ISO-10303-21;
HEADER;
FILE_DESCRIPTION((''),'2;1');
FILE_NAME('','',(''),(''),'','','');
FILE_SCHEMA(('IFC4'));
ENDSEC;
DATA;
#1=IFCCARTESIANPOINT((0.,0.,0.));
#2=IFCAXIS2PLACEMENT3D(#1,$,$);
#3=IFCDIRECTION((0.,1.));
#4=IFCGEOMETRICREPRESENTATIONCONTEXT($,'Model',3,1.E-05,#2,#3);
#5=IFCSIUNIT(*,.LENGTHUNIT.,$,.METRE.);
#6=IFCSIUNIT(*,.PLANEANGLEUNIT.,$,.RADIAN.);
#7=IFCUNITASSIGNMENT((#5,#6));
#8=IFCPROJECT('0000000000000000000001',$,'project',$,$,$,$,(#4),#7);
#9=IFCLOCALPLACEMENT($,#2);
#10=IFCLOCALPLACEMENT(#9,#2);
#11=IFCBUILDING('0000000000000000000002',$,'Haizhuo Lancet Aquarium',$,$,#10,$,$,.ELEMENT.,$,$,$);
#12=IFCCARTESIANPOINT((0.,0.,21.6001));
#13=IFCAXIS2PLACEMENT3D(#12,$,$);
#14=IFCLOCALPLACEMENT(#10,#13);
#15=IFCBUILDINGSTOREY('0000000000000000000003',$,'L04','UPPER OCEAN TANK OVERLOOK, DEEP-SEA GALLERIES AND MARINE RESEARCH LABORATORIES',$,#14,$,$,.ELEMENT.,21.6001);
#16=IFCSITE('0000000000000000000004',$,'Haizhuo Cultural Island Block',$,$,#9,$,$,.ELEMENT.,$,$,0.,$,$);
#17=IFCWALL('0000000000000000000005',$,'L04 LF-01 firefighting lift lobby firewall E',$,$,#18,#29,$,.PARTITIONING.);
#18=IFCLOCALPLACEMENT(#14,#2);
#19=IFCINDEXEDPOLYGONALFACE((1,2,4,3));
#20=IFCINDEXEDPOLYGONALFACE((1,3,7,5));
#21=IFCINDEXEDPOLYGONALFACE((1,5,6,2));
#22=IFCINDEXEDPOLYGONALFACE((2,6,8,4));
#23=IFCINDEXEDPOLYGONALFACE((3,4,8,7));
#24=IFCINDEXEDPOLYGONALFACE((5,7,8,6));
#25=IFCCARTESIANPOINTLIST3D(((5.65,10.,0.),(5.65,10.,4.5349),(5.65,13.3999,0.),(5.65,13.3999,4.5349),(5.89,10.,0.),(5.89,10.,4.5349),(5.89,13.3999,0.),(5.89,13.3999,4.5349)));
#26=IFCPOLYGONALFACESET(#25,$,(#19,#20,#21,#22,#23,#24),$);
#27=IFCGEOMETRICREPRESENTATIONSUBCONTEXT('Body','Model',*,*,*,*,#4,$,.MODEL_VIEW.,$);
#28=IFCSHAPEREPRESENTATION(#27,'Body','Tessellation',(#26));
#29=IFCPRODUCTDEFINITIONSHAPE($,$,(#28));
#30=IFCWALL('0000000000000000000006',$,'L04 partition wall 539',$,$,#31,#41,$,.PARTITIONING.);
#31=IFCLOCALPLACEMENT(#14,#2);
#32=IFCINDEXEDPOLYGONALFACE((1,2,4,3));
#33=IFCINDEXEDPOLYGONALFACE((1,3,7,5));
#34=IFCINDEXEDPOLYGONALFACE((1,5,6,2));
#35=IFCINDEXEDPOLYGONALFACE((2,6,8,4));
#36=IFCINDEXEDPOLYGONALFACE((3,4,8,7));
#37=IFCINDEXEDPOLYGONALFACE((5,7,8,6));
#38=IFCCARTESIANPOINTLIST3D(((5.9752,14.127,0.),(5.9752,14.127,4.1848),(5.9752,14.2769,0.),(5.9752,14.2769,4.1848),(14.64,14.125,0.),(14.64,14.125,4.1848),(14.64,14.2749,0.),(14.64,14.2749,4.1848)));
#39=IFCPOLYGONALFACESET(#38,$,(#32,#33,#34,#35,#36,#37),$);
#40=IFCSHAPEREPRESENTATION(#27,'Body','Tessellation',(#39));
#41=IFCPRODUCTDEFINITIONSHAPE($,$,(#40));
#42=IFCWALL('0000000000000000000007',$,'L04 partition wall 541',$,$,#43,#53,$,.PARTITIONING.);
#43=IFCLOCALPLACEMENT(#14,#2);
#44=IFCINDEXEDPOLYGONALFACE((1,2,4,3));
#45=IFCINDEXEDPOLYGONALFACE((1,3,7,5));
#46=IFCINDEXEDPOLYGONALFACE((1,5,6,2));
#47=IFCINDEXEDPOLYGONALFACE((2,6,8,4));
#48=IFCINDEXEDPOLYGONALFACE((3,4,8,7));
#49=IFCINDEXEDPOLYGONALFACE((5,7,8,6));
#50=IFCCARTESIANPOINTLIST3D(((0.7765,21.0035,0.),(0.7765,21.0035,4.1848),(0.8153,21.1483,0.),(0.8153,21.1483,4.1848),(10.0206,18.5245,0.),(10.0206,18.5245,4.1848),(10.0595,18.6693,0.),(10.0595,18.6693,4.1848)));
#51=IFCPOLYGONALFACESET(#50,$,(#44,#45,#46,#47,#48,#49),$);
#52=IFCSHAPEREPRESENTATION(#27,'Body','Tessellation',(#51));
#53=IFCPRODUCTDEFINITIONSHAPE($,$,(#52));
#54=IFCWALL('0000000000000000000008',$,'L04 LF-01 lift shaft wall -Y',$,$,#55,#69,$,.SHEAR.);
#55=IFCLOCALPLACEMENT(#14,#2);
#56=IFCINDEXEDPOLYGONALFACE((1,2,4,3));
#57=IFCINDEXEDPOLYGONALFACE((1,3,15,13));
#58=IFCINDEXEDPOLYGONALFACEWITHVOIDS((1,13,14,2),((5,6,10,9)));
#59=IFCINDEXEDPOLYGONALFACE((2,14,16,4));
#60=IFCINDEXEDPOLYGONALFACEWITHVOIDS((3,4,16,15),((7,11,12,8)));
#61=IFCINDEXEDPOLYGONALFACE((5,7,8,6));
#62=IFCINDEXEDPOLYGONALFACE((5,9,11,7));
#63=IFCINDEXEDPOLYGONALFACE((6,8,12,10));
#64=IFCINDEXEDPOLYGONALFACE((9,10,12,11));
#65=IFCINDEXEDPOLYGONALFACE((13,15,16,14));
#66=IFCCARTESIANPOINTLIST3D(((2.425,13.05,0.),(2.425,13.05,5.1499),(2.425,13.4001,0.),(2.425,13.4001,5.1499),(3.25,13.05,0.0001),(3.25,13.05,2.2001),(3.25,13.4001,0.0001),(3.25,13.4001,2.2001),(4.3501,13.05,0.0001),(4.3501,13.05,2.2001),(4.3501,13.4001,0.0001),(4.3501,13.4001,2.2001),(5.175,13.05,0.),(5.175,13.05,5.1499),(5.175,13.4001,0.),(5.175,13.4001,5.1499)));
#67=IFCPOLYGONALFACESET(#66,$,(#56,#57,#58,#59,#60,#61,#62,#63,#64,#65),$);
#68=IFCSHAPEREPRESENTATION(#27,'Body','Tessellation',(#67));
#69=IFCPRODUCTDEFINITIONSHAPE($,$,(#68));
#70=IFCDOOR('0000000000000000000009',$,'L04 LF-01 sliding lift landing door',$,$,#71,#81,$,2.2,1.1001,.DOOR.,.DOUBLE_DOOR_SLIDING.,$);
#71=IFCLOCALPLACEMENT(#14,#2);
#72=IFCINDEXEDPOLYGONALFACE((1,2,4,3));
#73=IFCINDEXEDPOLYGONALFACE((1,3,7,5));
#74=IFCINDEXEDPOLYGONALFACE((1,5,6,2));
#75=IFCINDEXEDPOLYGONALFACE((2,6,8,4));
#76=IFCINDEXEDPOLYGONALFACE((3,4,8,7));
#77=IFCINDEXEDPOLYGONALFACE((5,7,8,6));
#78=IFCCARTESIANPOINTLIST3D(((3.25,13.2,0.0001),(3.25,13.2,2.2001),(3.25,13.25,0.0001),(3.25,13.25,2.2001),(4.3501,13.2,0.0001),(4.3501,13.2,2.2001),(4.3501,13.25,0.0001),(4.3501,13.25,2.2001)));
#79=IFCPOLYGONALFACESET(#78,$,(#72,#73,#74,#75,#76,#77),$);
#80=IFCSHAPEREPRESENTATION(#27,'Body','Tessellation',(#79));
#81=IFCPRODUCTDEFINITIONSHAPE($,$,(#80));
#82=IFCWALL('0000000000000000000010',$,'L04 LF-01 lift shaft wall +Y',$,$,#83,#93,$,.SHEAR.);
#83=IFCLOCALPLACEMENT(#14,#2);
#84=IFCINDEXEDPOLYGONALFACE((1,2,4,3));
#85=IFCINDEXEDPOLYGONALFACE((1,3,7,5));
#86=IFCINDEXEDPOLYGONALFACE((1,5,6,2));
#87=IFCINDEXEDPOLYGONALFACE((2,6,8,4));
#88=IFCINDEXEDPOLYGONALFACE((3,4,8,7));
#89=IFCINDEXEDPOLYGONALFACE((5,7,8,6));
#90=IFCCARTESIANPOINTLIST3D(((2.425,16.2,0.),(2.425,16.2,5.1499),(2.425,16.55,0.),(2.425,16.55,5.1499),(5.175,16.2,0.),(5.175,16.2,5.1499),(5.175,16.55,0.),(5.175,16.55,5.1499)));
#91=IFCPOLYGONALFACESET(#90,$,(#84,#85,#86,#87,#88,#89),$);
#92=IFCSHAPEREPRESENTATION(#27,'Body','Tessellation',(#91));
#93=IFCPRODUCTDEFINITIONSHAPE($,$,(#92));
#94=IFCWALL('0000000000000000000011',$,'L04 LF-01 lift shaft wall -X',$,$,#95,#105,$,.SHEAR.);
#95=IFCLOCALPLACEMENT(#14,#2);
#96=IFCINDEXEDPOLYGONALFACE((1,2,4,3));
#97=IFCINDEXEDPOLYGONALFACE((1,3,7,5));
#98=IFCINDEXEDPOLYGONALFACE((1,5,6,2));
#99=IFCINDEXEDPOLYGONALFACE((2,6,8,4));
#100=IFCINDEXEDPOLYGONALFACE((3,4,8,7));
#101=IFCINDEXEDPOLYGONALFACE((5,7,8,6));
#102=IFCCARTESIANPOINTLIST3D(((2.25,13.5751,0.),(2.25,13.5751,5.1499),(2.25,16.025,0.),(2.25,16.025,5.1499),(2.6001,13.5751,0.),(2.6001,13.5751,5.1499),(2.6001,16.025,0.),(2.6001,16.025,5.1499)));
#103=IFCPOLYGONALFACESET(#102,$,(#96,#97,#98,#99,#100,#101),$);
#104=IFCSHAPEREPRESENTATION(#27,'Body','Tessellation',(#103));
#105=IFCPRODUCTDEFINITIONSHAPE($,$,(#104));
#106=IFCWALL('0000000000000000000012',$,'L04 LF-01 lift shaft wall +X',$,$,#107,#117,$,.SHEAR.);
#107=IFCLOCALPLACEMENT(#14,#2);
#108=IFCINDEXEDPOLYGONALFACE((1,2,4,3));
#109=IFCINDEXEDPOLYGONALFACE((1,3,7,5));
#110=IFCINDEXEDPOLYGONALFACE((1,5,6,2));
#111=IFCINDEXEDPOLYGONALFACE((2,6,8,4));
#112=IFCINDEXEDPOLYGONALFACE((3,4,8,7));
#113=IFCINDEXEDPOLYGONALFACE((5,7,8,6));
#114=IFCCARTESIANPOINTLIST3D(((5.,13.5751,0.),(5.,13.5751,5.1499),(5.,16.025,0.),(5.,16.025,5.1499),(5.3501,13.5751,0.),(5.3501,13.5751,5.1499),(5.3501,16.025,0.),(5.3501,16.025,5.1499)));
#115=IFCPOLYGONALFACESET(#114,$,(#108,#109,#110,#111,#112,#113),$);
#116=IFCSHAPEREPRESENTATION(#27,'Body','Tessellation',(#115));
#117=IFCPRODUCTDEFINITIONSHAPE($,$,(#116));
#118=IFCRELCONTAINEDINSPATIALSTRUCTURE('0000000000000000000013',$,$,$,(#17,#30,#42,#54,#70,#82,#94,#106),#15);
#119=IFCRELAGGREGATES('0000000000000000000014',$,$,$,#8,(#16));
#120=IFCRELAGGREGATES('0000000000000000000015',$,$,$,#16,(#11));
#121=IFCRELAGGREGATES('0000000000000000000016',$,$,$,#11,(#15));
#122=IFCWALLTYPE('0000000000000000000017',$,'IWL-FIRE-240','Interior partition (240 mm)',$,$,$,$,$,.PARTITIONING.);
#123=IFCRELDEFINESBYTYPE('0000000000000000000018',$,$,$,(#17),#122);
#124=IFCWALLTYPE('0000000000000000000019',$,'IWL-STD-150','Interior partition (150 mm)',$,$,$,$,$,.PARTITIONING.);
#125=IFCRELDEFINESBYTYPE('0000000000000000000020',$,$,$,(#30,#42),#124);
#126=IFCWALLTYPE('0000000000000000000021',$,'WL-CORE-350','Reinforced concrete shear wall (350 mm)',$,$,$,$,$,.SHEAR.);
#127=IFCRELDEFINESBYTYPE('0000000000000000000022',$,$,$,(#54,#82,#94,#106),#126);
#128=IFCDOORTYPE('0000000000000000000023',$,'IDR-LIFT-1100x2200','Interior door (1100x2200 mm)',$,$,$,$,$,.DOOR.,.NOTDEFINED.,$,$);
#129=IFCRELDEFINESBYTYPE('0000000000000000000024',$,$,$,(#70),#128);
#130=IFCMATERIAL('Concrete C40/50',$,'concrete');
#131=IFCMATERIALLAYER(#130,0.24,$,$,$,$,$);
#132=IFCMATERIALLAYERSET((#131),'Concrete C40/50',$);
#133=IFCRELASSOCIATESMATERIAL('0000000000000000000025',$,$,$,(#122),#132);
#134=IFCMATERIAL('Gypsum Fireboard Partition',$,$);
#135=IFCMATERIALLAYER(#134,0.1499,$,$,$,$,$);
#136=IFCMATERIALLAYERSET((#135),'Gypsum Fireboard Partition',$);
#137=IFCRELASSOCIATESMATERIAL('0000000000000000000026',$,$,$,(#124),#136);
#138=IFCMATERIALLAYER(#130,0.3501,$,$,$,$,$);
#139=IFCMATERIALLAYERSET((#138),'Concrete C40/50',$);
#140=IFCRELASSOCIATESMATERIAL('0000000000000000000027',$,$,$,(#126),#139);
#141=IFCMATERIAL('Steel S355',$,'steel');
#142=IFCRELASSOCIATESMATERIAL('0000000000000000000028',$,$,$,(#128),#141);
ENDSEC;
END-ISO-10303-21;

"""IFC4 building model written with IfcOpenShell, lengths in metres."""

from ifc_helpers import new_model, si_unit, direction, frame, frame_2d, origin, place, context, subcontext, project, spatial, rectangle, extrude, material, layer, layer_set, type_object, element, fill, save


model = new_model("IFC4")

# Units and contexts
model_context = context("Model", 3, precision=1e-05, world=origin(), true_north=direction((0.0, 1.0)))
body_context = subcontext(model_context, "Body", "Model", "MODEL_VIEW")
ifc_project = project(units=[si_unit("LENGTHUNIT", "METRE"), si_unit("PLANEANGLEUNIT", "RADIAN")], contexts=[model_context])

# Site, building, storey
site_placement = place(None, origin())
site = spatial("IfcSite", under=ifc_project, at=site_placement, Name="Haizhuo Cultural Island Block", CompositionType="ELEMENT", RefElevation=0.0)
building_placement = place(site_placement, origin())
building = spatial("IfcBuilding", under=site, at=building_placement, Name="Haizhuo Lancet Aquarium", CompositionType="ELEMENT")
storey_placement = place(building_placement, frame((0.0, 0.0, 21.6001)))
storey = spatial("IfcBuildingStorey", under=building, at=storey_placement, Name="L04", Description="UPPER OCEAN TANK OVERLOOK, DEEP-SEA GALLERIES AND MARINE RESEARCH LABORATORIES", CompositionType="ELEMENT", Elevation=21.6001)

# Shared definitions
ifc_material_1 = material(Name="Concrete C40/50", Category="concrete")
ifc_material_2 = material(Name="Steel S355", Category="steel")

# Shared definitions
ifc_layer_1 = layer(ifc_material_1, 0.24)
ifc_layer_set_1 = layer_set([ifc_layer_1], Name="Concrete C40/50")
wall_type_1 = type_object("IfcWallType", Name="IWL-FIRE-240", Description="Interior partition (240 mm)", PredefinedType="PARTITIONING", material=ifc_layer_set_1)

# Walls
wall_1_placement = place(storey_placement, frame((5.77, 10.0, 0.0), z_axis=(0.0, 0.0, 1.0), x_axis=(0.0, 1.0, 0.0)))
element("IfcWall", 1, at=wall_1_placement, inside=storey, type_object=wall_type_1, Name="L04 LF-01 firefighting lift lobby firewall E", PredefinedType="PARTITIONING", context=body_context, shape_type="SweptSolid", body=[
    extrude(rectangle(XDim=3.3999, YDim=0.24, at=frame_2d((1.7, 0.0))), origin(), (0.0, 0.0, 1.0), 4.5349),
])
ifc_material_3 = material(Name="Gypsum Fireboard Partition")
ifc_layer_2 = layer(ifc_material_3, 0.1499)
ifc_layer_set_2 = layer_set([ifc_layer_2], Name="Gypsum Fireboard Partition")
wall_type_2 = type_object("IfcWallType", Name="IWL-STD-150", Description="Interior partition (150 mm)", PredefinedType="PARTITIONING", material=ifc_layer_set_2)
wall_2_placement = place(storey_placement, frame((5.9751, 14.2019, 0.0), z_axis=(0.0, 0.0, 1.0), x_axis=(1.0, -0.000225, 0.0)))
element("IfcWall", 2, at=wall_2_placement, inside=storey, type_object=wall_type_2, Name="L04 partition wall 539", PredefinedType="PARTITIONING", context=body_context, shape_type="SweptSolid", body=[
    extrude(rectangle(XDim=8.6648, YDim=0.1499, at=frame_2d((4.3325, 0.0))), origin(), (0.0, 0.0, 1.0), 4.1848),
])
wall_3_placement = place(storey_placement, frame((10.04, 18.5969, 0.0), z_axis=(0.0, 0.0, 1.0), x_axis=(-0.965872, 0.259018, 0.0)))
element("IfcWall", 3, at=wall_3_placement, inside=storey, type_object=wall_type_2, Name="L04 partition wall 541", PredefinedType="PARTITIONING", context=body_context, shape_type="SweptSolid", body=[
    extrude(rectangle(XDim=9.5708, YDim=0.1499, at=frame_2d((4.7854, 0.0))), origin(), (0.0, 0.0, 1.0), 4.1848),
])

# Wall, opening, door
ifc_layer_3 = layer(ifc_material_1, 0.3501)
ifc_layer_set_3 = layer_set([ifc_layer_3], Name="Concrete C40/50")
wall_type_3 = type_object("IfcWallType", Name="WL-CORE-350", Description="Reinforced concrete shear wall (350 mm)", PredefinedType="SHEAR", material=ifc_layer_set_3)
wall_4_placement = place(storey_placement, frame((2.425, 13.2251, 0.0), z_axis=(0.0, 0.0, 1.0), x_axis=(1.0, 0.0, 0.0)))
wall_4 = element("IfcWall", 4, at=wall_4_placement, inside=storey, type_object=wall_type_3, Name="L04 LF-01 lift shaft wall -Y", PredefinedType="SHEAR", context=body_context, shape_type="SweptSolid", body=[
    extrude(rectangle(XDim=2.75, YDim=0.3501, at=frame_2d((1.375, 0.0))), origin(), (0.0, 0.0, 1.0), 5.1499),
])
opening_1_placement = place(wall_4_placement, frame((0.825, 0.0, 0.0)))
opening_1 = element("IfcOpeningElement", 5, at=opening_1_placement, cuts=wall_4, PredefinedType="OPENING", context=body_context, shape_type="SweptSolid", body=[
    extrude(rectangle(XDim=1.1001, YDim=2.2, at=frame_2d((0.55, 1.1001))), frame((0.0, 0.1851, 0.0), z_axis=(0.0, -1.0, 0.0), x_axis=(1.0, 0.0, 0.0)), (0.0, 0.0, 1.0), 0.3701),
])
door_type_1 = type_object("IfcDoorType", Name="IDR-LIFT-1100x2200", Description="Interior door (1100x2200 mm)", OperationType="NOTDEFINED", PredefinedType="DOOR", material=ifc_material_2)
door_1_placement = place(opening_1_placement, origin())
door_1 = element("IfcDoor", 6, at=door_1_placement, inside=storey, type_object=door_type_1, Name="L04 LF-01 sliding lift landing door", OperationType="DOUBLE_DOOR_SLIDING", OverallHeight=2.2, OverallWidth=1.1001, PredefinedType="DOOR", context=body_context, shape_type="SweptSolid", body=[
    extrude(rectangle(XDim=1.1001, YDim=2.2, at=frame_2d((0.55, 1.1001))), frame((0.0, 0.0249, 0.0), z_axis=(0.0, -1.0, 0.0), x_axis=(1.0, 0.0, 0.0)), (0.0, 0.0, 1.0), 0.05),
])
fill(opening_1, door_1)

# Walls
wall_5_placement = place(storey_placement, frame((5.175, 16.375, 0.0), z_axis=(0.0, 0.0, 1.0), x_axis=(-1.0, 0.0, 0.0)))
element("IfcWall", 7, at=wall_5_placement, inside=storey, type_object=wall_type_3, Name="L04 LF-01 lift shaft wall +Y", PredefinedType="SHEAR", context=body_context, shape_type="SweptSolid", body=[
    extrude(rectangle(XDim=2.75, YDim=0.3501, at=frame_2d((1.375, 0.0))), origin(), (0.0, 0.0, 1.0), 5.1499),
])
for number, where, z_axis, x_axis, name in (
    (8, (2.425, 13.575, 0.0), (0.0, 0.0, 1.0), (0.0, 1.0, 0.0), "L04 LF-01 lift shaft wall -X"),
    (9, (5.175, 13.575, 0.0), (0.0, 0.0, 1.0), (0.0, 1.0, 0.0), "L04 LF-01 lift shaft wall +X"),
):
    element("IfcWall", number, at=place(storey_placement, frame(where, z_axis=z_axis, x_axis=x_axis)), inside=storey, type_object=wall_type_3, Name=name, PredefinedType="SHEAR", context=body_context, shape_type="SweptSolid", body=[
        extrude(rectangle(XDim=2.45, YDim=0.3501, at=frame_2d((1.2251, 0.0))), origin(), (0.0, 0.0, 1.0), 5.1499),
    ])

save(model, "model.ifc")
